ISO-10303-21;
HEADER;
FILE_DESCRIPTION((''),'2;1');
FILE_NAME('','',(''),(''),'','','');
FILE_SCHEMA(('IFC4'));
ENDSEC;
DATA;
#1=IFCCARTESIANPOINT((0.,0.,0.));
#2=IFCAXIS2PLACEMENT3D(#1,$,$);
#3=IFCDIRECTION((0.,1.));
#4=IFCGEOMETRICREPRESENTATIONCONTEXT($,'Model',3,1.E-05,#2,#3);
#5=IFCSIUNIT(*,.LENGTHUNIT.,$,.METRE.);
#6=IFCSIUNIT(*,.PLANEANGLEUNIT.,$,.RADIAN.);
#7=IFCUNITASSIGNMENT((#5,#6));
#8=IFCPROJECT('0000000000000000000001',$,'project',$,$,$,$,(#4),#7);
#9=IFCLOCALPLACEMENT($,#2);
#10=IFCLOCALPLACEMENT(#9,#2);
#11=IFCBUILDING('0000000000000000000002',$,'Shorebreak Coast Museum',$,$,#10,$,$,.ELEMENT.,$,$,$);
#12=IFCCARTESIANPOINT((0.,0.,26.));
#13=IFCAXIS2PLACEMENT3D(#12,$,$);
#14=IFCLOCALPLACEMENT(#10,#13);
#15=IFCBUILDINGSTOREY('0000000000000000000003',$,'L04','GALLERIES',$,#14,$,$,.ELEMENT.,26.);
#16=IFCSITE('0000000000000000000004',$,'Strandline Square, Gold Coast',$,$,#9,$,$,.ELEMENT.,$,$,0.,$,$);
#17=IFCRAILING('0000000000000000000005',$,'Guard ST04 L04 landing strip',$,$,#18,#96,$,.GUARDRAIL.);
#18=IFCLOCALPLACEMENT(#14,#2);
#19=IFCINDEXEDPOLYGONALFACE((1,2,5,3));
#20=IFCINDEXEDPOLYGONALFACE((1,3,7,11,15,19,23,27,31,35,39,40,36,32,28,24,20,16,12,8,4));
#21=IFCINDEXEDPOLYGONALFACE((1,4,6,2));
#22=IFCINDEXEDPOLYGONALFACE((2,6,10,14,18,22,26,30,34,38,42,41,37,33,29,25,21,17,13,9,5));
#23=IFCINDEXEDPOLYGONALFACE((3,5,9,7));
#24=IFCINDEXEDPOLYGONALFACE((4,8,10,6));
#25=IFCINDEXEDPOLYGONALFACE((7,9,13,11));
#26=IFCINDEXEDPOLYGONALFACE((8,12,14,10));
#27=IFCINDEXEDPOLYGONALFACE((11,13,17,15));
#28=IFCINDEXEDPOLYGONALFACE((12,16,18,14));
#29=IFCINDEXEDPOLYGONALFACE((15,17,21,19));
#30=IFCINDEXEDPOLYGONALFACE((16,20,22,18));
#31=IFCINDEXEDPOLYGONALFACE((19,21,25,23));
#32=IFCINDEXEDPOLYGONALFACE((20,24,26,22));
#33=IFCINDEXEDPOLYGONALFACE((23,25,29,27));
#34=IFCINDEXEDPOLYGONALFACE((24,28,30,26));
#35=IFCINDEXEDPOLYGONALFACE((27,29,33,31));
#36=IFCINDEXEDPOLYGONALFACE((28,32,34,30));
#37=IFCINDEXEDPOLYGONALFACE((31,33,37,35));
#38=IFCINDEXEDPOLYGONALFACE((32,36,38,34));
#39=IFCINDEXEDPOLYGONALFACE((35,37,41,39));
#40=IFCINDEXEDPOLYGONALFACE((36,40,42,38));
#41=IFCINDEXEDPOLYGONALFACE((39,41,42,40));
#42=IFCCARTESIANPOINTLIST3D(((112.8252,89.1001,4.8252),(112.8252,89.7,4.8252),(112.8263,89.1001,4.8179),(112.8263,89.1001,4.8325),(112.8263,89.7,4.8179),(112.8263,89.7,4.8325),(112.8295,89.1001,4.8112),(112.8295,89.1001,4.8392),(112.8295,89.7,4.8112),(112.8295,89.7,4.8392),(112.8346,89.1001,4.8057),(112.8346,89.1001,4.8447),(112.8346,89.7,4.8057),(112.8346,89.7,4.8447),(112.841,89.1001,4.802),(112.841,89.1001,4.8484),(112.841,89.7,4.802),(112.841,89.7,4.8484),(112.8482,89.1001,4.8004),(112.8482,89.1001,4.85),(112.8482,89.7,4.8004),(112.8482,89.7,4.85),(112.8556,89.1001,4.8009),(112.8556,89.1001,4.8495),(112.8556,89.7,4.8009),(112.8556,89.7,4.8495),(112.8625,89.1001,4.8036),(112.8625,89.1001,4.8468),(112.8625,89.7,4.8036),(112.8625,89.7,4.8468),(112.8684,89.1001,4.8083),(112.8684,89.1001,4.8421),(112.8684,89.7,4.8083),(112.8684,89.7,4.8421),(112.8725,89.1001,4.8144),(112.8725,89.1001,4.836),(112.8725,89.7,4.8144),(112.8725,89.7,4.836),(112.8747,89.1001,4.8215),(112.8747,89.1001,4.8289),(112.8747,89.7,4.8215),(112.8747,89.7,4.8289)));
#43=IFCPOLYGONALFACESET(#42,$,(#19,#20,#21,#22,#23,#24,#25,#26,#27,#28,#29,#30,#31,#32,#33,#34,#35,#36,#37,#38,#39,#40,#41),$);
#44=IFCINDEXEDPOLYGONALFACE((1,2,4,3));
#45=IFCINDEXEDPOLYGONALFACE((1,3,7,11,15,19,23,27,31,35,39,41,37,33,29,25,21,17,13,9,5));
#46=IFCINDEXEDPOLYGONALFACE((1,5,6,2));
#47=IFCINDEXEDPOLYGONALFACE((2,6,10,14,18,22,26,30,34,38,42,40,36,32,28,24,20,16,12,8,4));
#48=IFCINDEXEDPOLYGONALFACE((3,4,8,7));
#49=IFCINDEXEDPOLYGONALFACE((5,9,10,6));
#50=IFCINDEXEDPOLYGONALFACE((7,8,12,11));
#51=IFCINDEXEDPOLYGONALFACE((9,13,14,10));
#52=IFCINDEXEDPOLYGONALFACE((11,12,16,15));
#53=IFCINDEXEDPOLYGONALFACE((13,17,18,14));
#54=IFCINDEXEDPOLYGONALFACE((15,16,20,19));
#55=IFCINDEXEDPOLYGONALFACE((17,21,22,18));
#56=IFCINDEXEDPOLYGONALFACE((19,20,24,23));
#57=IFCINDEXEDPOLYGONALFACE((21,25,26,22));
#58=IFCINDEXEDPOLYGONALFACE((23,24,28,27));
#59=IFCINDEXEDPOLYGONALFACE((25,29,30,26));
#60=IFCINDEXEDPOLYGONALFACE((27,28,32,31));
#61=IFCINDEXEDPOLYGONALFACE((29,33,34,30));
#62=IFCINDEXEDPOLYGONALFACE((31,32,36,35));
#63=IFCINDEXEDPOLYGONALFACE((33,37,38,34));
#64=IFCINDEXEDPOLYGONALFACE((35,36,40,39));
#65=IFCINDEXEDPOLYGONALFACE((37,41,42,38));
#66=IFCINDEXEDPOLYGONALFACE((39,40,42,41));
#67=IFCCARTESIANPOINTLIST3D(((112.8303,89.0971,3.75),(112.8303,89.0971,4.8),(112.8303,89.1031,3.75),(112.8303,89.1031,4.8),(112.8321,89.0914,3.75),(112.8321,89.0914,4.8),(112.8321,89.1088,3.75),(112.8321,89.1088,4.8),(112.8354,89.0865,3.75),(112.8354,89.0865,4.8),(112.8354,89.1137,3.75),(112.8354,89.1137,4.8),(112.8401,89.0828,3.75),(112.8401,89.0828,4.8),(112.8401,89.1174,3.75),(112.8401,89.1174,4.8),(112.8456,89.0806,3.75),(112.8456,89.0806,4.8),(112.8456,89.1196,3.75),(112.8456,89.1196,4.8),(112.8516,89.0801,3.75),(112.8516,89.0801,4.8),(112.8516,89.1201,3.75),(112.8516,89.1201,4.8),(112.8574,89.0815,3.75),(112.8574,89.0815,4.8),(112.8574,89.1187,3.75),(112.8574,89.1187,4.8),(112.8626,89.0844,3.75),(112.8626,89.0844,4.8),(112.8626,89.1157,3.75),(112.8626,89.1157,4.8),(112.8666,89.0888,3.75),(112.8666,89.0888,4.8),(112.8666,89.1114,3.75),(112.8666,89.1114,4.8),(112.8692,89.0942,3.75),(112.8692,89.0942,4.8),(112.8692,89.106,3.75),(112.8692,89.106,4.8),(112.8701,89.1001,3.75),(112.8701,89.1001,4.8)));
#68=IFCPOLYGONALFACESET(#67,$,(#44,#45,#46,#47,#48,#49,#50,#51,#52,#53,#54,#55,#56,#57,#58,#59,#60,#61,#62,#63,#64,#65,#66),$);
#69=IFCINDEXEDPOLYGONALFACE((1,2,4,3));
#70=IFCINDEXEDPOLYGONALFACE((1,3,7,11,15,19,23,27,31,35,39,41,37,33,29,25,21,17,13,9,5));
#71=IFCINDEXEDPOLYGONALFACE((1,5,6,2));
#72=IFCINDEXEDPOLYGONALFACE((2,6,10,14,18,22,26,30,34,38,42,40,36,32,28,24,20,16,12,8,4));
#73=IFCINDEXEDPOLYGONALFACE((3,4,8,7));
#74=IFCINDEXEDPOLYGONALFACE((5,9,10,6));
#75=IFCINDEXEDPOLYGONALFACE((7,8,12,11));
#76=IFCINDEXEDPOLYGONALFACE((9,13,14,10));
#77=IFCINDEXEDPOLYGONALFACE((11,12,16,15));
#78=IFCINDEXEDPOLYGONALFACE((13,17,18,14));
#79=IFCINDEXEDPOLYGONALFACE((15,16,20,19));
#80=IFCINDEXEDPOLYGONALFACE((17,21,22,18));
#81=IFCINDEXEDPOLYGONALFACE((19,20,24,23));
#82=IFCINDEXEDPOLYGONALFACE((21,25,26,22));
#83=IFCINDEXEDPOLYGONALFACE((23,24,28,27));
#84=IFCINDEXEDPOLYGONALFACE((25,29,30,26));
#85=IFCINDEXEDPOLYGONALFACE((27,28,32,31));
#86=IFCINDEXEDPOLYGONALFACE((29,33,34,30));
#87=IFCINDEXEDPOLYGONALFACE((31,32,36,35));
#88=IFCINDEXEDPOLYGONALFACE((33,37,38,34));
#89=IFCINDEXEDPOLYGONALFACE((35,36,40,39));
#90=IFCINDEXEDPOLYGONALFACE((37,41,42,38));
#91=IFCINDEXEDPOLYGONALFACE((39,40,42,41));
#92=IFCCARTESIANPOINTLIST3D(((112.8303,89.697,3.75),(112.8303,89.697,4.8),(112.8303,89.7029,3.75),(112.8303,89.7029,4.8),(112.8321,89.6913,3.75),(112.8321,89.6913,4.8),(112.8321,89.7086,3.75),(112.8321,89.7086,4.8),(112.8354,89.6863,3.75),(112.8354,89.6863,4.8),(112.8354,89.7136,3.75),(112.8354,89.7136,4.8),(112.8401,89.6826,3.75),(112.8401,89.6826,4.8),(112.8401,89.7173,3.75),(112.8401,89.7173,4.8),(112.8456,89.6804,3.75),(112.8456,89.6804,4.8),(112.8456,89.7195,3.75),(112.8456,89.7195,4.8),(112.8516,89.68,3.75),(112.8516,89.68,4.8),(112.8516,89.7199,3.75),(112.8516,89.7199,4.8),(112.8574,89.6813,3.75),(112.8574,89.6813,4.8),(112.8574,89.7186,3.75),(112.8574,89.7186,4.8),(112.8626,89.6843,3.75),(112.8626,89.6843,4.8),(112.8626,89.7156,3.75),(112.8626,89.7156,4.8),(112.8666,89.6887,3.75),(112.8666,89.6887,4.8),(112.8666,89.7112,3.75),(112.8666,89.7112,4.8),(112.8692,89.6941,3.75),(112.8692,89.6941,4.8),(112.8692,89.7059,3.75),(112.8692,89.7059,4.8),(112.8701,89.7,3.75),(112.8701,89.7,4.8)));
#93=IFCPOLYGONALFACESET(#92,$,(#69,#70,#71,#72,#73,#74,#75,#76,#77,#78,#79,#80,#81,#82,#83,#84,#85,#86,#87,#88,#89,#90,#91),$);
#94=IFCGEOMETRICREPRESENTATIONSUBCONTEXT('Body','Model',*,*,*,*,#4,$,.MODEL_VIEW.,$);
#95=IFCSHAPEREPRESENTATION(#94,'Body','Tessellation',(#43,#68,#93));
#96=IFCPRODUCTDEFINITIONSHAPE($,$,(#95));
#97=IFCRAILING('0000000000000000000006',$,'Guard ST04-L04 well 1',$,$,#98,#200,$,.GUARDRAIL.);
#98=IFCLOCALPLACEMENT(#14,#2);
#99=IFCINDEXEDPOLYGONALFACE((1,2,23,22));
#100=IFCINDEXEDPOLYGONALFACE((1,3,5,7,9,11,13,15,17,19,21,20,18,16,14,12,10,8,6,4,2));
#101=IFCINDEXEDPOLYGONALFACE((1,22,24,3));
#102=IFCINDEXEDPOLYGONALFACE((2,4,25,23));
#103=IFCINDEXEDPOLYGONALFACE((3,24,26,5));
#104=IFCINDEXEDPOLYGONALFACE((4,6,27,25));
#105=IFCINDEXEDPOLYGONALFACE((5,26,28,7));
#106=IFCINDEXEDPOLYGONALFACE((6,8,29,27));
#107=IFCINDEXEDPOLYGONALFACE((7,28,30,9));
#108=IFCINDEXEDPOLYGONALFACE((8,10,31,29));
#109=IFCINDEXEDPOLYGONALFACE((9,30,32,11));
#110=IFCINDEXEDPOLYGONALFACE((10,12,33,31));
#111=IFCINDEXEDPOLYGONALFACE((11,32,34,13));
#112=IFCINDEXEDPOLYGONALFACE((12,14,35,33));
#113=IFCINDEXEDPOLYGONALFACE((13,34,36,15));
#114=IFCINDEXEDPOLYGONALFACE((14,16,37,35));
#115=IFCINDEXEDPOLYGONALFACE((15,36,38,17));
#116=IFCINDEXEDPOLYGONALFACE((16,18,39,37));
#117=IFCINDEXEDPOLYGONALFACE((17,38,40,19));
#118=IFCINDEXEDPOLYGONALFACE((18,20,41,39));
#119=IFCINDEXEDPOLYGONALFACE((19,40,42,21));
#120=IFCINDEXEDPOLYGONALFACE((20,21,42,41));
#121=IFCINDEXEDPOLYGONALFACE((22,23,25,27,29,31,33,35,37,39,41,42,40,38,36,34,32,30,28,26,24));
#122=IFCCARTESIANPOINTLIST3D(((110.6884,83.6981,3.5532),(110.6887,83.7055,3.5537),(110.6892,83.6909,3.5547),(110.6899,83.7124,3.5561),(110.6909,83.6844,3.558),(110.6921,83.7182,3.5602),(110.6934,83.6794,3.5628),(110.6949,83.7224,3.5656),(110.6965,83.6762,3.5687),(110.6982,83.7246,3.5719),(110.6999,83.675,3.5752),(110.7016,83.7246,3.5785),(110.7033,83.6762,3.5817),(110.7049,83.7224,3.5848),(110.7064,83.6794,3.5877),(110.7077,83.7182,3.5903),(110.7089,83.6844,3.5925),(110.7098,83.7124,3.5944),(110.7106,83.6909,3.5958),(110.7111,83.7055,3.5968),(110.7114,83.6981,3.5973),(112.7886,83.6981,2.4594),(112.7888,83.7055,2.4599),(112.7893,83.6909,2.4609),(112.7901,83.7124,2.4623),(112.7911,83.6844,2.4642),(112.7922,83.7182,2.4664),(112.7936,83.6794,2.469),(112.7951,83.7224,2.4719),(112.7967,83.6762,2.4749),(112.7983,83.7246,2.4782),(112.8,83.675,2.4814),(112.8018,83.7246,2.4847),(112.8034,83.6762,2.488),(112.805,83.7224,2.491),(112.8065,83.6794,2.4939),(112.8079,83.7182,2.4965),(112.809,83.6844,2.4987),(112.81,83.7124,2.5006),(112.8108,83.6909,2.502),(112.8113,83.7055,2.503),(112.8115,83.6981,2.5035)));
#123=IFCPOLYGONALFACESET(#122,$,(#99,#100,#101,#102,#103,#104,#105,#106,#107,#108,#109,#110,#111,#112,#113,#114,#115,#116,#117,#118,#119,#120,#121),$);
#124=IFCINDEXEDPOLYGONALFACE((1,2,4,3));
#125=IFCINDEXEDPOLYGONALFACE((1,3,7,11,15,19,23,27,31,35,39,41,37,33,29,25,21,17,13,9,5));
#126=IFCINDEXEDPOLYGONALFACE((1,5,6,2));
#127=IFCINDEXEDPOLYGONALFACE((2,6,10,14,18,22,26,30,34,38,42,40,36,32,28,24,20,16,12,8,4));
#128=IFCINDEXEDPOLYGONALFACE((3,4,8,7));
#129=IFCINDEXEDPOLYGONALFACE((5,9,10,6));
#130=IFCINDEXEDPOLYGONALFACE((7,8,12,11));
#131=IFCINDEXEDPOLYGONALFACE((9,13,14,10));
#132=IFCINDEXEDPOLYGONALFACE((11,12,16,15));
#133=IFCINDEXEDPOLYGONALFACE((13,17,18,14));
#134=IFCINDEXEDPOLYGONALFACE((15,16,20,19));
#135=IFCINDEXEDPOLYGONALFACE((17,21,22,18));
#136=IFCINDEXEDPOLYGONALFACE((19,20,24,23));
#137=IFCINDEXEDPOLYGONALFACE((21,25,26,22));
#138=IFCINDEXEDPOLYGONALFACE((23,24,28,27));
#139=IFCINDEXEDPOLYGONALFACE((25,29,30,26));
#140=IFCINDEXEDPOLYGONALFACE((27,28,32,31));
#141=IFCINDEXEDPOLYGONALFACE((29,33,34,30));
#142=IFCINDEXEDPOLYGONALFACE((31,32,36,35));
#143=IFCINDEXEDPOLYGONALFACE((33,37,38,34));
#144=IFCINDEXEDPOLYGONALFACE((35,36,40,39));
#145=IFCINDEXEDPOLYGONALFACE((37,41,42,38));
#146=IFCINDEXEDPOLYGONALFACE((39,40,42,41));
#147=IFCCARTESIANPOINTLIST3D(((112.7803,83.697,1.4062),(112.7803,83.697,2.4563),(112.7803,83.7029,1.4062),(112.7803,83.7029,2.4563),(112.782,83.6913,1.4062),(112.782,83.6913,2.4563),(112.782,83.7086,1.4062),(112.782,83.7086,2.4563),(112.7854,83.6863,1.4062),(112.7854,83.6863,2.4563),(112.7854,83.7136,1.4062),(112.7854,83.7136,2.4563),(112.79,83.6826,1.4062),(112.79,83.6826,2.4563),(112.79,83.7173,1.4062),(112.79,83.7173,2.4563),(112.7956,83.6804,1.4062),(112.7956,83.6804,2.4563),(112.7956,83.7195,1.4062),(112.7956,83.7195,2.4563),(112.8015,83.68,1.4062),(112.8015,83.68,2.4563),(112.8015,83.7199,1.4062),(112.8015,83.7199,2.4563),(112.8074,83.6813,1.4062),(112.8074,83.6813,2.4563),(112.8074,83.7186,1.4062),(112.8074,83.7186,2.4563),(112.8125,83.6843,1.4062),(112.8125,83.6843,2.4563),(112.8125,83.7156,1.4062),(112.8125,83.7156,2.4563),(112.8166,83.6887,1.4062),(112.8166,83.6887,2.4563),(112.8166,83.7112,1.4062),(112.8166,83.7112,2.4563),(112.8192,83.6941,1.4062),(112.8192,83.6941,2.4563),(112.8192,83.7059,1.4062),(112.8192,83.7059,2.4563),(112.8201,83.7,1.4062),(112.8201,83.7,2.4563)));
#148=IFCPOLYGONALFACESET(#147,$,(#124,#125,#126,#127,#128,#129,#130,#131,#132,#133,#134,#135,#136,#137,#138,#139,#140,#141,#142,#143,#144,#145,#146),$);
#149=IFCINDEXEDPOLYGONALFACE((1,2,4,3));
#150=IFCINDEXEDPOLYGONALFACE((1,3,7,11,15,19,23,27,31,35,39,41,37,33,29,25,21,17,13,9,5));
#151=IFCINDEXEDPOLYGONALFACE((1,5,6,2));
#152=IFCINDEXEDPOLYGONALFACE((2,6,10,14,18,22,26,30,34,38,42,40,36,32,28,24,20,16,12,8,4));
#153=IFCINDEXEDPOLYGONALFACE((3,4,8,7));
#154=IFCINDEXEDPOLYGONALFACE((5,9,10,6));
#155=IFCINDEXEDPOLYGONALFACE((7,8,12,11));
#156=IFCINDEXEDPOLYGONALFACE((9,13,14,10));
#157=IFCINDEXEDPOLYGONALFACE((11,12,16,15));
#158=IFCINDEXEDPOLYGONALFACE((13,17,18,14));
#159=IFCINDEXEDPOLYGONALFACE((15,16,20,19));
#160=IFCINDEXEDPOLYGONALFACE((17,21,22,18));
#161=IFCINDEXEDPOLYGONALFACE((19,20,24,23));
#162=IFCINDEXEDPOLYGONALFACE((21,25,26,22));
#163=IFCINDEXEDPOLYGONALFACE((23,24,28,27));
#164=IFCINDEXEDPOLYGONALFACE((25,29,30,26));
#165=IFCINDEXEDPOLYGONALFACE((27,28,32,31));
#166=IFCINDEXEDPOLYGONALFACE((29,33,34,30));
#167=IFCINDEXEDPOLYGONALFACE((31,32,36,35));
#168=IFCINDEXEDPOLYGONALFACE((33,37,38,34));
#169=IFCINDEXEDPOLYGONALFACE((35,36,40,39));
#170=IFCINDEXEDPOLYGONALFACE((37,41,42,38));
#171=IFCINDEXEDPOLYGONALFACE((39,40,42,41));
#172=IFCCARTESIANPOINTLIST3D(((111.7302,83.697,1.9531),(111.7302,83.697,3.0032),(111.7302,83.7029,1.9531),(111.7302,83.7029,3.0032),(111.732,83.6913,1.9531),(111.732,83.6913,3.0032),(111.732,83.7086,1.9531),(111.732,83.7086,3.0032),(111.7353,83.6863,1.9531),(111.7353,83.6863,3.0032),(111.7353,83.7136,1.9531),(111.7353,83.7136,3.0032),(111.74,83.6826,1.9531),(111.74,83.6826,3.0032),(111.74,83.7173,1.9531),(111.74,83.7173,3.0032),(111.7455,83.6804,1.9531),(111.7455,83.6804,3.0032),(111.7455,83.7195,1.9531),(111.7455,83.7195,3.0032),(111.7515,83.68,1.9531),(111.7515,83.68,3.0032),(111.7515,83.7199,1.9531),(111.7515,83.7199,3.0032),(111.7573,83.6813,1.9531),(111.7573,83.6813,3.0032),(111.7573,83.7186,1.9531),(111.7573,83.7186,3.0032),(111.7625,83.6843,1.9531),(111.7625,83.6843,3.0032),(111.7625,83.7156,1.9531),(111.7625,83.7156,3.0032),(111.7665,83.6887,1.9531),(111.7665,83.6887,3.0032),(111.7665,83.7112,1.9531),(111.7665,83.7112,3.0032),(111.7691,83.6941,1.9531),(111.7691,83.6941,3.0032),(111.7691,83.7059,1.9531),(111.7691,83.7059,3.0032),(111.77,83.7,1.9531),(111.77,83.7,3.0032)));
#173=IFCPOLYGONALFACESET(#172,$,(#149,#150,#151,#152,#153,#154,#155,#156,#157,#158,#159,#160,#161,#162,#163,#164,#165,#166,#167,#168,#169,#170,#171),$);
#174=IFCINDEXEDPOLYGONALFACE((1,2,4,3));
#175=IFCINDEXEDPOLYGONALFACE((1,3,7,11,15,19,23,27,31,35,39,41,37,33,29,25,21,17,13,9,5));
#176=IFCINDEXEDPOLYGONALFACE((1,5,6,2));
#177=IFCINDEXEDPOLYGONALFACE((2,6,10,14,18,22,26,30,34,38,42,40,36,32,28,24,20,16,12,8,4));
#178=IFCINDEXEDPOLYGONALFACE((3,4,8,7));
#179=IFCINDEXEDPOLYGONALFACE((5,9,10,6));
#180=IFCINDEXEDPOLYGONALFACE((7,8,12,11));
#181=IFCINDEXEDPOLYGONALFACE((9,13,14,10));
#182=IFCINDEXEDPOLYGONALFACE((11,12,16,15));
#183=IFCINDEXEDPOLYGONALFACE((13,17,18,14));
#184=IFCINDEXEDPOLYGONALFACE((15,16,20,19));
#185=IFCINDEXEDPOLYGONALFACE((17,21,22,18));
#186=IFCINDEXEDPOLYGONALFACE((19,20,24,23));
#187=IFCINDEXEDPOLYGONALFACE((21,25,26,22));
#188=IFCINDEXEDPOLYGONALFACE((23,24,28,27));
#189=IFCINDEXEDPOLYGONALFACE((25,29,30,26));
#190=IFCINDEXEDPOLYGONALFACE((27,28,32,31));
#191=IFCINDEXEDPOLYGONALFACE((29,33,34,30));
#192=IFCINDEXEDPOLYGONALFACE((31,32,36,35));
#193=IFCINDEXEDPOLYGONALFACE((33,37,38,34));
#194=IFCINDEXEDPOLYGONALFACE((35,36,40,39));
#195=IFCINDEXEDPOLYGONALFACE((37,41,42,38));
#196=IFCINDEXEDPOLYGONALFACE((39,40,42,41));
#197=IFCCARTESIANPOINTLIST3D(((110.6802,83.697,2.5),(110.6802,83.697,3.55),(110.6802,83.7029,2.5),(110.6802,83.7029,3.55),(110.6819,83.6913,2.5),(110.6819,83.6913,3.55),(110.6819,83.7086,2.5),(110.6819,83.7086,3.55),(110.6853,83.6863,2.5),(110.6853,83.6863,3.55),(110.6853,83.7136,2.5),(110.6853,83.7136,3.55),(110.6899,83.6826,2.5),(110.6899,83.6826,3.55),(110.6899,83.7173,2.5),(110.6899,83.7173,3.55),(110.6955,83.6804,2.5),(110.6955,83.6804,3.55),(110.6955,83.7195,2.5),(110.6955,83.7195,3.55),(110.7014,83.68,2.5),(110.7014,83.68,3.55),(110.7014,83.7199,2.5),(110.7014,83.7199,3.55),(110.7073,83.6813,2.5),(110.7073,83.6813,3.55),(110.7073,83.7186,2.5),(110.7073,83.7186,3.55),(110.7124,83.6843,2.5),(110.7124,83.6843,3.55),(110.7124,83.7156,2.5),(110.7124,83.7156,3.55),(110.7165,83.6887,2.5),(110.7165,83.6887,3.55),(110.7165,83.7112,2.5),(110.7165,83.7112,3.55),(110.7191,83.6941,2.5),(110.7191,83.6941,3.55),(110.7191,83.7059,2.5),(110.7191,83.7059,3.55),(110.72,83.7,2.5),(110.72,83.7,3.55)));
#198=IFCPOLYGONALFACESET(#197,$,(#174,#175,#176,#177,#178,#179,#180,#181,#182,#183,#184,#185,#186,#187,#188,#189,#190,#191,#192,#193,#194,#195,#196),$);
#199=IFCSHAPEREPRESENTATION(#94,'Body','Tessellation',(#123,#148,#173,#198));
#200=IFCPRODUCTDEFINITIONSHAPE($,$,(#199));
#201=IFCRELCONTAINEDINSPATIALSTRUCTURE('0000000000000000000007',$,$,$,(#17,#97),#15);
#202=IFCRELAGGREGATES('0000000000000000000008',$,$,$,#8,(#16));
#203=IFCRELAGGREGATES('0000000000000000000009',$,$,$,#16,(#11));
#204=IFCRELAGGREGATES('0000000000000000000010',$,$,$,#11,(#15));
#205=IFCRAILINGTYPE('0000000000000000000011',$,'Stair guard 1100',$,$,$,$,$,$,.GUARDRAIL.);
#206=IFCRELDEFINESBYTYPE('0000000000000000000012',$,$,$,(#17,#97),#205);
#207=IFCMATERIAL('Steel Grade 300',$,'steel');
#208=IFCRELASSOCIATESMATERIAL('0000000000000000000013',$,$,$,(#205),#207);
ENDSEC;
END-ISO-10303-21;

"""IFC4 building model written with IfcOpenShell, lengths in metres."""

from ifc_helpers import new_model, si_unit, direction, frame, origin, origin_2d, place, context, subcontext, project, spatial, circle, extrude, material, type_object, element, save


model = new_model("IFC4")

# Units and contexts
model_context = context("Model", 3, precision=1e-05, world=origin(), true_north=direction((0.0, 1.0)))
body_context = subcontext(model_context, "Body", "Model", "MODEL_VIEW")
ifc_project = project(units=[si_unit("LENGTHUNIT", "METRE"), si_unit("PLANEANGLEUNIT", "RADIAN")], contexts=[model_context])

# Site, building, storey
site_placement = place(None, origin())
site = spatial("IfcSite", under=ifc_project, at=site_placement, Name="Strandline Square, Gold Coast", CompositionType="ELEMENT", RefElevation=0.0)
building_placement = place(site_placement, origin())
building = spatial("IfcBuilding", under=site, at=building_placement, Name="Shorebreak Coast Museum", CompositionType="ELEMENT")
storey_placement = place(building_placement, frame((0.0, 0.0, 26.0)))
storey = spatial("IfcBuildingStorey", under=building, at=storey_placement, Name="L04", Description="GALLERIES", CompositionType="ELEMENT", Elevation=26.0)

# Railings
ifc_material_1 = material(Name="Steel Grade 300", Category="steel")
railing_type_1 = type_object("IfcRailingType", Name="Stair guard 1100", PredefinedType="GUARDRAIL", material=ifc_material_1)
for number, where, name in (
    (1, (112.8501, 89.1001, 3.75), "Guard ST04 L04 landing strip"),
):
    element("IfcRailing", number, at=place(storey_placement, frame(where)), inside=storey, type_object=railing_type_1, Name=name, PredefinedType="GUARDRAIL", context=body_context, shape_type="SweptSolid", body=[
        extrude(circle(Radius=0.0249, at=origin_2d()), frame((0.0, 0.0, 1.0752), z_axis=(0.0, 1.0, 0.0), x_axis=(-1.0, 0.0, 0.0)), (0.0, 0.0, 1.0), 0.5999),
        extrude(circle(Radius=0.02, at=origin_2d()), origin(), (0.0, 0.0, 1.0), 1.05),
        extrude(circle(Radius=0.02, at=origin_2d()), frame((0.0, 0.5999, 0.0)), (0.0, 0.0, 1.0), 1.05),
    ])
for number, where, name in (
    (2, (112.8, 83.7, 1.4062), "Guard ST04-L04 well 1"),
):
    element("IfcRailing", number, at=place(storey_placement, frame(where)), inside=storey, type_object=railing_type_1, Name=name, PredefinedType="GUARDRAIL", context=body_context, shape_type="SweptSolid", body=[
        extrude(circle(Radius=0.0249, at=origin_2d()), frame((0.0, 0.0, 1.0752), z_axis=(-0.886923, 0.0, 0.461918), x_axis=(0.0, -1.0, 0.0)), (0.0, 0.0, 1.0), 2.3679),
        extrude(circle(Radius=0.02, at=origin_2d()), origin(), (0.0, 0.0, 1.0), 1.05),
        extrude(circle(Radius=0.02, at=origin_2d()), frame((-1.05, 0.0, 0.5469)), (0.0, 0.0, 1.0), 1.05),
        extrude(circle(Radius=0.02, at=origin_2d()), frame((-2.1001, 0.0, 1.0938)), (0.0, 0.0, 1.0), 1.05),
    ])

save(model, "model.ifc")
